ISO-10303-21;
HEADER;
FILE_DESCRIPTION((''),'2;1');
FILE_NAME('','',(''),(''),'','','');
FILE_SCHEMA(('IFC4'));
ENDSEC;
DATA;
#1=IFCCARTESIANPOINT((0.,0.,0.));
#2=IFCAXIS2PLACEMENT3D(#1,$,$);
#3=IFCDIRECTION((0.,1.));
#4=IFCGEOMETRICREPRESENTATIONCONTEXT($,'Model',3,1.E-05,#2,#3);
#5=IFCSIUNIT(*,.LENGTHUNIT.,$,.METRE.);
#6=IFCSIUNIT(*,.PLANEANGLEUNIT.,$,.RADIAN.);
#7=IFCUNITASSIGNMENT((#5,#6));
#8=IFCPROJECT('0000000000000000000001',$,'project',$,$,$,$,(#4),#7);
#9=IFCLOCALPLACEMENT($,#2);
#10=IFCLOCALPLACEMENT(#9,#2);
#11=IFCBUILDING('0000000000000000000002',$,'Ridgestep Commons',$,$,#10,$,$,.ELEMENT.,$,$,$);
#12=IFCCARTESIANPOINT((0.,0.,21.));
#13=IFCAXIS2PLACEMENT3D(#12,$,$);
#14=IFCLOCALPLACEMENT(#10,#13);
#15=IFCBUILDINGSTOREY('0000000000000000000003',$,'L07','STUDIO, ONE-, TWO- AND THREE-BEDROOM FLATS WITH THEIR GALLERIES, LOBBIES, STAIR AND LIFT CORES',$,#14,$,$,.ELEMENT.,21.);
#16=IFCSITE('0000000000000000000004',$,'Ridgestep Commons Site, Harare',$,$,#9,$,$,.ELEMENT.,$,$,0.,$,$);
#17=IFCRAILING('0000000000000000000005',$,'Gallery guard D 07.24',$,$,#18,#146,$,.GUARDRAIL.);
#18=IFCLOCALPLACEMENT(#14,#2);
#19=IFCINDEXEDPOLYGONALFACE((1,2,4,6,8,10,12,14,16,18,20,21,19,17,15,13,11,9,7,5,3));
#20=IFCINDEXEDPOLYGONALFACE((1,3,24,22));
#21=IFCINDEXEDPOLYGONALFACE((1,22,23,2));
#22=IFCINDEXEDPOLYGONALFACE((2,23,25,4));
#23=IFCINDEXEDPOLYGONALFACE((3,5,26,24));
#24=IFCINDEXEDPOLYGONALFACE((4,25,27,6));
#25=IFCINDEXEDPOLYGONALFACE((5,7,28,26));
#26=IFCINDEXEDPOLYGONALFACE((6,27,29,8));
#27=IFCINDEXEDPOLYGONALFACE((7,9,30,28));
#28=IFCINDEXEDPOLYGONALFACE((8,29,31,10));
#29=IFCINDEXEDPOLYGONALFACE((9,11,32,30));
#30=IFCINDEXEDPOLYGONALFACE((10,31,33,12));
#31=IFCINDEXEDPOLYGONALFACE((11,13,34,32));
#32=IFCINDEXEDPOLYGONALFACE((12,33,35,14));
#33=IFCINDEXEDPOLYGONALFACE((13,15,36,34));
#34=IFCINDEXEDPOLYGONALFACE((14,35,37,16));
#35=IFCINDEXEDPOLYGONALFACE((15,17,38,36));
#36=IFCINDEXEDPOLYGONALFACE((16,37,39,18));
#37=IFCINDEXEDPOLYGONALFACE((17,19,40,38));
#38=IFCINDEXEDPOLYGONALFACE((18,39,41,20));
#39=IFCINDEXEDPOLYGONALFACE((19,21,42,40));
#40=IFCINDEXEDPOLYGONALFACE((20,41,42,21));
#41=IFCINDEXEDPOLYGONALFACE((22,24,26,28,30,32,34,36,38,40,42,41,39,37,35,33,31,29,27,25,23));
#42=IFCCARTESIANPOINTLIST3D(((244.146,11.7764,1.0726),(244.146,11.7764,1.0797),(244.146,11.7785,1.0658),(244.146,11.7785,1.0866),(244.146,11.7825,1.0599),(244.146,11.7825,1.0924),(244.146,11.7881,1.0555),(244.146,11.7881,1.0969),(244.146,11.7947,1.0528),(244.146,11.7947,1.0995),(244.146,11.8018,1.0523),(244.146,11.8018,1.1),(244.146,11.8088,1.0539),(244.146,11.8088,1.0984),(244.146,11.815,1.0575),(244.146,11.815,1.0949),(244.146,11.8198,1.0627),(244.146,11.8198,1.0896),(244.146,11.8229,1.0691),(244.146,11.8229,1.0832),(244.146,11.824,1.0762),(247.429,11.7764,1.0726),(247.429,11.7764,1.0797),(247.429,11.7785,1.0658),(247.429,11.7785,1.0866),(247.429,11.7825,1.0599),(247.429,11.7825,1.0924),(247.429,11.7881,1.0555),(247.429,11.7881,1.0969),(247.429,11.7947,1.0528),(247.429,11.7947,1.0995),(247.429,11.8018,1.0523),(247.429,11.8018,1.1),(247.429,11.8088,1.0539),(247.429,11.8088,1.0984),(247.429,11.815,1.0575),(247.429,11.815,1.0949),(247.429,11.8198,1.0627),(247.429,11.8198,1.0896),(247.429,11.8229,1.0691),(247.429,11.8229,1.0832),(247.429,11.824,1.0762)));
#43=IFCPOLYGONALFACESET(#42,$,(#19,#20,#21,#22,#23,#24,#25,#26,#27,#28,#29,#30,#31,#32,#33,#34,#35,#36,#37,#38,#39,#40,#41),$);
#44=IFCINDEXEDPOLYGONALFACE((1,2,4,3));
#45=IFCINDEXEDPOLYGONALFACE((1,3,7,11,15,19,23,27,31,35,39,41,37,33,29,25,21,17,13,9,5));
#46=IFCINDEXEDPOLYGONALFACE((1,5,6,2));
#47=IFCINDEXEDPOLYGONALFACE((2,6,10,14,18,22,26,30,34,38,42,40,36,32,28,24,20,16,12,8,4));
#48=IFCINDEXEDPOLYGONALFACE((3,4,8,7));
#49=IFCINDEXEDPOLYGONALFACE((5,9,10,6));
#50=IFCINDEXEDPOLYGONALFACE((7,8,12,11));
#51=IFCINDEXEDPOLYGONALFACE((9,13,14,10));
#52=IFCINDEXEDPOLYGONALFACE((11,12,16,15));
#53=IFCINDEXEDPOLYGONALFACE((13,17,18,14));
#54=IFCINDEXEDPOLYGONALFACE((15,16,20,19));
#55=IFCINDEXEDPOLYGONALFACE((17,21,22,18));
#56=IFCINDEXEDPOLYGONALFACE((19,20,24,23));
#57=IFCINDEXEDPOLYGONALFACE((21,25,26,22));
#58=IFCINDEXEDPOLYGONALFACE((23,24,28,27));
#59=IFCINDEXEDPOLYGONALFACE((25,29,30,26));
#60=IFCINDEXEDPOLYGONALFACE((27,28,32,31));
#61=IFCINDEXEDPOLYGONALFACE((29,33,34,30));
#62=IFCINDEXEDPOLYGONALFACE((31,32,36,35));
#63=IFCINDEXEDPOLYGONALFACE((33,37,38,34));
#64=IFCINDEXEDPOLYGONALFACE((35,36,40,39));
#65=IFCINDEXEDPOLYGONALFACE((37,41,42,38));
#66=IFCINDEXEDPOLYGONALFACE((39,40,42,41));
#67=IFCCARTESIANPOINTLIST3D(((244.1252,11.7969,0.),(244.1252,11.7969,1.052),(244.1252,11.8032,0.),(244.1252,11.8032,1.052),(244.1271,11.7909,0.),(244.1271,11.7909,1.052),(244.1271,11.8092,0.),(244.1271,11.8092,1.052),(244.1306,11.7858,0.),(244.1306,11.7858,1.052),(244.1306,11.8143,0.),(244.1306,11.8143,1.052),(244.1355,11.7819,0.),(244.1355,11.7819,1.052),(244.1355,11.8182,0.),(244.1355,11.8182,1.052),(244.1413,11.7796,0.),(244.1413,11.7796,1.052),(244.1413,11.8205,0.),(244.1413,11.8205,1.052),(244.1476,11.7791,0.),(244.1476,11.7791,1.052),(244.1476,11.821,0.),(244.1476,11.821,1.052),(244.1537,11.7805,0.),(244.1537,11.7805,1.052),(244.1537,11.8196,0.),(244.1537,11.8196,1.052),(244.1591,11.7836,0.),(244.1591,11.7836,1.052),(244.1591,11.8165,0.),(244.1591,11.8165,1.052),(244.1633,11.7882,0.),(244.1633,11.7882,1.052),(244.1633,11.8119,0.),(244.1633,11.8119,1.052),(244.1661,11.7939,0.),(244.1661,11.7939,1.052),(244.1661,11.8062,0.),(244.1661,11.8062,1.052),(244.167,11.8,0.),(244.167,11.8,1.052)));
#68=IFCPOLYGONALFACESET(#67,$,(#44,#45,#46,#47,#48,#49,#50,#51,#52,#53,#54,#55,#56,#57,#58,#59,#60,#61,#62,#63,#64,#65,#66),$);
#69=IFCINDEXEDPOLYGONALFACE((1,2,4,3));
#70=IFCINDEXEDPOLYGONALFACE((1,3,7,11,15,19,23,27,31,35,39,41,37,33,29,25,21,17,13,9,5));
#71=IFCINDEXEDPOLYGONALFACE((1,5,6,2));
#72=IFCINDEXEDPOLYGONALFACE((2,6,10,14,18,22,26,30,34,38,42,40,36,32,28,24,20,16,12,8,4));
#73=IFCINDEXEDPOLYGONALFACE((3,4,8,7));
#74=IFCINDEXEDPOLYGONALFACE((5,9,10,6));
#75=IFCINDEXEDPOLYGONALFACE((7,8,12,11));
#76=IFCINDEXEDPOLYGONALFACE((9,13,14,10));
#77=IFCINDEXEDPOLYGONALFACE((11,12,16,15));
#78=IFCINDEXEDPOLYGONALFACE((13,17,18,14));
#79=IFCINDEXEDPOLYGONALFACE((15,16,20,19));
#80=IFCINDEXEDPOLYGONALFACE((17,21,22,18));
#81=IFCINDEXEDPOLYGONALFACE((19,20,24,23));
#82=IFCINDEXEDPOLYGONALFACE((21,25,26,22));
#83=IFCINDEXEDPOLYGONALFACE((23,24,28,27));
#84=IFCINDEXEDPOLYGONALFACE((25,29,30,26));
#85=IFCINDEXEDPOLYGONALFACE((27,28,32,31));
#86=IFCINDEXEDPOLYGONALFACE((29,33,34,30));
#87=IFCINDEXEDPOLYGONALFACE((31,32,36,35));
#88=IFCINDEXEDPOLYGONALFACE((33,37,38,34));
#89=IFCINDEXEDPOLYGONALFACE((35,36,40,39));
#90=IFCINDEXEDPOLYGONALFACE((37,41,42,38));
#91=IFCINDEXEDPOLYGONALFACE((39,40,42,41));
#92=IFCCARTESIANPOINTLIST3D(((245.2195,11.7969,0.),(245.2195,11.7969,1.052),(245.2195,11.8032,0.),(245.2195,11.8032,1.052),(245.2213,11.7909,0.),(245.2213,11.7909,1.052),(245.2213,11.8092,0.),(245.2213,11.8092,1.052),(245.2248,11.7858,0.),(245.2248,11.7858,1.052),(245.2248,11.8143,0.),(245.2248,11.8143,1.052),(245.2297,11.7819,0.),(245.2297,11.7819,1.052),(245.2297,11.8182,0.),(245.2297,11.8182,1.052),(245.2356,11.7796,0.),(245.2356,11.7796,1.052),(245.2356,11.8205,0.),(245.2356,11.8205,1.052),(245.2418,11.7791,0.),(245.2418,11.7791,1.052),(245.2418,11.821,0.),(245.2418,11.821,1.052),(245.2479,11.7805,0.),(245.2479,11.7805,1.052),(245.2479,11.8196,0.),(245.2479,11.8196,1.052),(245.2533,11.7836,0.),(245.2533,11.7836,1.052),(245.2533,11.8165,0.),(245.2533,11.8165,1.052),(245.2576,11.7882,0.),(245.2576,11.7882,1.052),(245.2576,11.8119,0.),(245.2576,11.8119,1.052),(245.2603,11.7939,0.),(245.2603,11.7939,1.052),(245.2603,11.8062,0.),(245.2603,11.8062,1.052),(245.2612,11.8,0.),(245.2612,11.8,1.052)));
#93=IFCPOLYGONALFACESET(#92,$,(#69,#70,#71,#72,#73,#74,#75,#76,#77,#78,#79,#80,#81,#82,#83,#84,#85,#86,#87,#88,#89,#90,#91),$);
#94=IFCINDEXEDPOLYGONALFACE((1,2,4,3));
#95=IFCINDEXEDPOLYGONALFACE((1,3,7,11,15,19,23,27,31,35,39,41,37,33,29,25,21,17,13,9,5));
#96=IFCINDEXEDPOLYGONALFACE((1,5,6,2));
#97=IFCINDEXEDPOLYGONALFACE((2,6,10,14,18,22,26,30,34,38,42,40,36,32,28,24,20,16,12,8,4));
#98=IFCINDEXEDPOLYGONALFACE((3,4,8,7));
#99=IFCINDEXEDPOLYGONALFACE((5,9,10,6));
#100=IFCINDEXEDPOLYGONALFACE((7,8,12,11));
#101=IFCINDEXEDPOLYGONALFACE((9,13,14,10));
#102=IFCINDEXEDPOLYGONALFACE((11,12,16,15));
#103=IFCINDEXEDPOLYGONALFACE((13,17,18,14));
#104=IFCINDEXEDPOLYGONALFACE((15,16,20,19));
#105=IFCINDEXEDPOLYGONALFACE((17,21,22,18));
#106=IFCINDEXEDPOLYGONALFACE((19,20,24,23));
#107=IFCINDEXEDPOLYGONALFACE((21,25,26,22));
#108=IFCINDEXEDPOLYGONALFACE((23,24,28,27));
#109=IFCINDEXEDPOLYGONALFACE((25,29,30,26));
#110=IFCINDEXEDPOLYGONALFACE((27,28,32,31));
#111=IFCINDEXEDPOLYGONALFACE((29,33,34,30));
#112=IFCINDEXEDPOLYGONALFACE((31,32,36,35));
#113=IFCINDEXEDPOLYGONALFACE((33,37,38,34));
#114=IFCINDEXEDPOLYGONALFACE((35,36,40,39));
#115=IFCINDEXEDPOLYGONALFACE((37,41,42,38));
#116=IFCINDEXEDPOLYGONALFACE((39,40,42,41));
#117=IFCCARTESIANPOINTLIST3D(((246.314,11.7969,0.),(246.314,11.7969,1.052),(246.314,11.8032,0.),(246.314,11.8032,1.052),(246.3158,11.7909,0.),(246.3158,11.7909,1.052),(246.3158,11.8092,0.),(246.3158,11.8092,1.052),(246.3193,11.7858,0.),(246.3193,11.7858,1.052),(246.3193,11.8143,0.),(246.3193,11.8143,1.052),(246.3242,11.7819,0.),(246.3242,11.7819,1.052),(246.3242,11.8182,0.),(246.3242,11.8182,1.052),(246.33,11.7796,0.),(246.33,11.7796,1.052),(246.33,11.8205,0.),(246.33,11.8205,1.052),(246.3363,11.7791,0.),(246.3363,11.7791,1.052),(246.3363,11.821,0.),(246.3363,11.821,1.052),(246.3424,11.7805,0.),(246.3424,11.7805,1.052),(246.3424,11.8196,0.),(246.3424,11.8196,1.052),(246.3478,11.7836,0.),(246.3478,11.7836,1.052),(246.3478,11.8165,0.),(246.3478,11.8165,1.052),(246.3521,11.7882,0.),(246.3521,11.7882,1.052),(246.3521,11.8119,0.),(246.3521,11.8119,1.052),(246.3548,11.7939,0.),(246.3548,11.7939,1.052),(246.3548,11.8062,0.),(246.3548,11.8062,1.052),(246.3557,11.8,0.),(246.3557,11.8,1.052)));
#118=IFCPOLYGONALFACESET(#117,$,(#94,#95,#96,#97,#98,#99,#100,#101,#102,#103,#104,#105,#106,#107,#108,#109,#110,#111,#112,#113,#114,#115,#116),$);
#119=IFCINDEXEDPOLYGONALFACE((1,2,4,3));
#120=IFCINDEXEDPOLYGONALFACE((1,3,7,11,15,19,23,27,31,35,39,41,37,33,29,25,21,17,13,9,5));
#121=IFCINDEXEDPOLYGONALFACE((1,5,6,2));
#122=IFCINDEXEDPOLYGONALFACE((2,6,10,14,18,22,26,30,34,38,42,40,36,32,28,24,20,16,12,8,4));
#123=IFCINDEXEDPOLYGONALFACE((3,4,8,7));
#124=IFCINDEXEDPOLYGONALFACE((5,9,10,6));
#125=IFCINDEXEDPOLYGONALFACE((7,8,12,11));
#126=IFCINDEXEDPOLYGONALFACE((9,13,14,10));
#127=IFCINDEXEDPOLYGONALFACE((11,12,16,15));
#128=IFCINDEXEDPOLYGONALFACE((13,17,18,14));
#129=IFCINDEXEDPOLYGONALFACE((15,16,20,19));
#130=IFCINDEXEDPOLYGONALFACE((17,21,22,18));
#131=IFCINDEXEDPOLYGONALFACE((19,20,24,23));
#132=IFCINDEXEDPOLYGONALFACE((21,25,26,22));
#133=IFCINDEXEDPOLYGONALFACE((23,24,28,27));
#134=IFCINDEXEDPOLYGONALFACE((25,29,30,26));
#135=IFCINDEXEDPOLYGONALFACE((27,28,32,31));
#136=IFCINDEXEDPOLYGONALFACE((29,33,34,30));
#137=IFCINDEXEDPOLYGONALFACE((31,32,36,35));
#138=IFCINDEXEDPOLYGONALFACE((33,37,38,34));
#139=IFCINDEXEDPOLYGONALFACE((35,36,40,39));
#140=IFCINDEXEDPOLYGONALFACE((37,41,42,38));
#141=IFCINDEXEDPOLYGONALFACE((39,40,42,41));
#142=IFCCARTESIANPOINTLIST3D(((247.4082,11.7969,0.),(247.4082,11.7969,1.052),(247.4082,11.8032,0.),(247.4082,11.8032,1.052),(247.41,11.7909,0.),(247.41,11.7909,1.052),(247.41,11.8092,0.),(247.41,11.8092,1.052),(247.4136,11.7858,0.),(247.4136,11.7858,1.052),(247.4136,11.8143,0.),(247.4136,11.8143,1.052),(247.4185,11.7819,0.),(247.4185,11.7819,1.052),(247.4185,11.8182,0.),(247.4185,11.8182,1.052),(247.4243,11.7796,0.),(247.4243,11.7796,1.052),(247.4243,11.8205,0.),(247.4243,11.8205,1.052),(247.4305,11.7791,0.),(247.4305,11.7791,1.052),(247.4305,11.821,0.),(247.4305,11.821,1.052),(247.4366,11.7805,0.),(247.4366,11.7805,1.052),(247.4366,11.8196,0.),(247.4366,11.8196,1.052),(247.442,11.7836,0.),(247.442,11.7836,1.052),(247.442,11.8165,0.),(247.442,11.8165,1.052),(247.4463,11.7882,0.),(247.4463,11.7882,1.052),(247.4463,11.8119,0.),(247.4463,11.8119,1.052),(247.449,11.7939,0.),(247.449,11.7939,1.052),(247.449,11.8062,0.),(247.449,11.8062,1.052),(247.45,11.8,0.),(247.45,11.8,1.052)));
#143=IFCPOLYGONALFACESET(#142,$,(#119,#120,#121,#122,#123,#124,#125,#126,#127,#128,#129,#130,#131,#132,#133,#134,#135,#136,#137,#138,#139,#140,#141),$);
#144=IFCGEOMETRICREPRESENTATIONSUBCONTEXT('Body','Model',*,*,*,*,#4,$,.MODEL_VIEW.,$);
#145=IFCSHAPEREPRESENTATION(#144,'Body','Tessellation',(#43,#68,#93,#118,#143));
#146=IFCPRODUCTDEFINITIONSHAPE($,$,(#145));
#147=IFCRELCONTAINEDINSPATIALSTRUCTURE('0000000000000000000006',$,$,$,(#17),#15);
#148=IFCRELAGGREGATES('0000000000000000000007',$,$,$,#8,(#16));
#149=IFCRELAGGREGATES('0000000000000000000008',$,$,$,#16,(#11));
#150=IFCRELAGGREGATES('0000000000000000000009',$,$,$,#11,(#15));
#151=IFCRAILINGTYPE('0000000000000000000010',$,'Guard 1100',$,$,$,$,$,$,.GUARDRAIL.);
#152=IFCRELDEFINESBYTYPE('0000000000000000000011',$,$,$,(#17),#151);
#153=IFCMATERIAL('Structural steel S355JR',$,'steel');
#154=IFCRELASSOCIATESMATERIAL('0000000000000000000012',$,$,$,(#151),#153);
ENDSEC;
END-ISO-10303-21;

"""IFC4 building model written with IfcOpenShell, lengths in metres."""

from ifc_helpers import new_model, si_unit, direction, frame, origin, origin_2d, place, context, subcontext, project, spatial, circle, extrude, material, type_object, element, save


model = new_model("IFC4")

# Units and contexts
model_context = context("Model", 3, precision=1e-05, world=origin(), true_north=direction((0.0, 1.0)))
body_context = subcontext(model_context, "Body", "Model", "MODEL_VIEW")
ifc_project = project(units=[si_unit("LENGTHUNIT", "METRE"), si_unit("PLANEANGLEUNIT", "RADIAN")], contexts=[model_context])

# Site, building, storey
site_placement = place(None, origin())
site = spatial("IfcSite", under=ifc_project, at=site_placement, Name="Ridgestep Commons Site, Harare", CompositionType="ELEMENT", RefElevation=0.0)
building_placement = place(site_placement, origin())
building = spatial("IfcBuilding", under=site, at=building_placement, Name="Ridgestep Commons", CompositionType="ELEMENT")
storey_placement = place(building_placement, frame((0.0, 0.0, 21.0)))
storey = spatial("IfcBuildingStorey", under=building, at=storey_placement, Name="L07", Description="STUDIO, ONE-, TWO- AND THREE-BEDROOM FLATS WITH THEIR GALLERIES, LOBBIES, STAIR AND LIFT CORES", CompositionType="ELEMENT", Elevation=21.0)

# Railing
ifc_material_1 = material(Name="Structural steel S355JR", Category="steel")
railing_type = type_object("IfcRailingType", Name="Guard 1100", PredefinedType="GUARDRAIL", material=ifc_material_1)
railing_1_placement = place(storey_placement, frame((244.146, 11.8, 0.0)))
element("IfcRailing", 1, at=railing_1_placement, inside=storey, type_object=railing_type, Name="Gallery guard D 07.24", PredefinedType="GUARDRAIL", context=body_context, shape_type="SweptSolid", body=[
    extrude(circle(Radius=0.0239, at=origin_2d()), frame((0.0, 0.0, 1.0762), z_axis=(1.0, 0.0, 0.0), x_axis=(0.0, 1.0, 0.0)), (0.0, 0.0, 1.0), 3.283),
    extrude(circle(Radius=0.021, at=origin_2d()), origin(), (0.0, 0.0, 1.0), 1.052),
    extrude(circle(Radius=0.021, at=origin_2d()), frame((1.0942, 0.0, 0.0)), (0.0, 0.0, 1.0), 1.052),
    extrude(circle(Radius=0.021, at=origin_2d()), frame((2.1887, 0.0, 0.0)), (0.0, 0.0, 1.0), 1.052),
    extrude(circle(Radius=0.021, at=origin_2d()), frame((3.283, 0.0, 0.0)), (0.0, 0.0, 1.0), 1.052),
])

save(model, "model.ifc")
